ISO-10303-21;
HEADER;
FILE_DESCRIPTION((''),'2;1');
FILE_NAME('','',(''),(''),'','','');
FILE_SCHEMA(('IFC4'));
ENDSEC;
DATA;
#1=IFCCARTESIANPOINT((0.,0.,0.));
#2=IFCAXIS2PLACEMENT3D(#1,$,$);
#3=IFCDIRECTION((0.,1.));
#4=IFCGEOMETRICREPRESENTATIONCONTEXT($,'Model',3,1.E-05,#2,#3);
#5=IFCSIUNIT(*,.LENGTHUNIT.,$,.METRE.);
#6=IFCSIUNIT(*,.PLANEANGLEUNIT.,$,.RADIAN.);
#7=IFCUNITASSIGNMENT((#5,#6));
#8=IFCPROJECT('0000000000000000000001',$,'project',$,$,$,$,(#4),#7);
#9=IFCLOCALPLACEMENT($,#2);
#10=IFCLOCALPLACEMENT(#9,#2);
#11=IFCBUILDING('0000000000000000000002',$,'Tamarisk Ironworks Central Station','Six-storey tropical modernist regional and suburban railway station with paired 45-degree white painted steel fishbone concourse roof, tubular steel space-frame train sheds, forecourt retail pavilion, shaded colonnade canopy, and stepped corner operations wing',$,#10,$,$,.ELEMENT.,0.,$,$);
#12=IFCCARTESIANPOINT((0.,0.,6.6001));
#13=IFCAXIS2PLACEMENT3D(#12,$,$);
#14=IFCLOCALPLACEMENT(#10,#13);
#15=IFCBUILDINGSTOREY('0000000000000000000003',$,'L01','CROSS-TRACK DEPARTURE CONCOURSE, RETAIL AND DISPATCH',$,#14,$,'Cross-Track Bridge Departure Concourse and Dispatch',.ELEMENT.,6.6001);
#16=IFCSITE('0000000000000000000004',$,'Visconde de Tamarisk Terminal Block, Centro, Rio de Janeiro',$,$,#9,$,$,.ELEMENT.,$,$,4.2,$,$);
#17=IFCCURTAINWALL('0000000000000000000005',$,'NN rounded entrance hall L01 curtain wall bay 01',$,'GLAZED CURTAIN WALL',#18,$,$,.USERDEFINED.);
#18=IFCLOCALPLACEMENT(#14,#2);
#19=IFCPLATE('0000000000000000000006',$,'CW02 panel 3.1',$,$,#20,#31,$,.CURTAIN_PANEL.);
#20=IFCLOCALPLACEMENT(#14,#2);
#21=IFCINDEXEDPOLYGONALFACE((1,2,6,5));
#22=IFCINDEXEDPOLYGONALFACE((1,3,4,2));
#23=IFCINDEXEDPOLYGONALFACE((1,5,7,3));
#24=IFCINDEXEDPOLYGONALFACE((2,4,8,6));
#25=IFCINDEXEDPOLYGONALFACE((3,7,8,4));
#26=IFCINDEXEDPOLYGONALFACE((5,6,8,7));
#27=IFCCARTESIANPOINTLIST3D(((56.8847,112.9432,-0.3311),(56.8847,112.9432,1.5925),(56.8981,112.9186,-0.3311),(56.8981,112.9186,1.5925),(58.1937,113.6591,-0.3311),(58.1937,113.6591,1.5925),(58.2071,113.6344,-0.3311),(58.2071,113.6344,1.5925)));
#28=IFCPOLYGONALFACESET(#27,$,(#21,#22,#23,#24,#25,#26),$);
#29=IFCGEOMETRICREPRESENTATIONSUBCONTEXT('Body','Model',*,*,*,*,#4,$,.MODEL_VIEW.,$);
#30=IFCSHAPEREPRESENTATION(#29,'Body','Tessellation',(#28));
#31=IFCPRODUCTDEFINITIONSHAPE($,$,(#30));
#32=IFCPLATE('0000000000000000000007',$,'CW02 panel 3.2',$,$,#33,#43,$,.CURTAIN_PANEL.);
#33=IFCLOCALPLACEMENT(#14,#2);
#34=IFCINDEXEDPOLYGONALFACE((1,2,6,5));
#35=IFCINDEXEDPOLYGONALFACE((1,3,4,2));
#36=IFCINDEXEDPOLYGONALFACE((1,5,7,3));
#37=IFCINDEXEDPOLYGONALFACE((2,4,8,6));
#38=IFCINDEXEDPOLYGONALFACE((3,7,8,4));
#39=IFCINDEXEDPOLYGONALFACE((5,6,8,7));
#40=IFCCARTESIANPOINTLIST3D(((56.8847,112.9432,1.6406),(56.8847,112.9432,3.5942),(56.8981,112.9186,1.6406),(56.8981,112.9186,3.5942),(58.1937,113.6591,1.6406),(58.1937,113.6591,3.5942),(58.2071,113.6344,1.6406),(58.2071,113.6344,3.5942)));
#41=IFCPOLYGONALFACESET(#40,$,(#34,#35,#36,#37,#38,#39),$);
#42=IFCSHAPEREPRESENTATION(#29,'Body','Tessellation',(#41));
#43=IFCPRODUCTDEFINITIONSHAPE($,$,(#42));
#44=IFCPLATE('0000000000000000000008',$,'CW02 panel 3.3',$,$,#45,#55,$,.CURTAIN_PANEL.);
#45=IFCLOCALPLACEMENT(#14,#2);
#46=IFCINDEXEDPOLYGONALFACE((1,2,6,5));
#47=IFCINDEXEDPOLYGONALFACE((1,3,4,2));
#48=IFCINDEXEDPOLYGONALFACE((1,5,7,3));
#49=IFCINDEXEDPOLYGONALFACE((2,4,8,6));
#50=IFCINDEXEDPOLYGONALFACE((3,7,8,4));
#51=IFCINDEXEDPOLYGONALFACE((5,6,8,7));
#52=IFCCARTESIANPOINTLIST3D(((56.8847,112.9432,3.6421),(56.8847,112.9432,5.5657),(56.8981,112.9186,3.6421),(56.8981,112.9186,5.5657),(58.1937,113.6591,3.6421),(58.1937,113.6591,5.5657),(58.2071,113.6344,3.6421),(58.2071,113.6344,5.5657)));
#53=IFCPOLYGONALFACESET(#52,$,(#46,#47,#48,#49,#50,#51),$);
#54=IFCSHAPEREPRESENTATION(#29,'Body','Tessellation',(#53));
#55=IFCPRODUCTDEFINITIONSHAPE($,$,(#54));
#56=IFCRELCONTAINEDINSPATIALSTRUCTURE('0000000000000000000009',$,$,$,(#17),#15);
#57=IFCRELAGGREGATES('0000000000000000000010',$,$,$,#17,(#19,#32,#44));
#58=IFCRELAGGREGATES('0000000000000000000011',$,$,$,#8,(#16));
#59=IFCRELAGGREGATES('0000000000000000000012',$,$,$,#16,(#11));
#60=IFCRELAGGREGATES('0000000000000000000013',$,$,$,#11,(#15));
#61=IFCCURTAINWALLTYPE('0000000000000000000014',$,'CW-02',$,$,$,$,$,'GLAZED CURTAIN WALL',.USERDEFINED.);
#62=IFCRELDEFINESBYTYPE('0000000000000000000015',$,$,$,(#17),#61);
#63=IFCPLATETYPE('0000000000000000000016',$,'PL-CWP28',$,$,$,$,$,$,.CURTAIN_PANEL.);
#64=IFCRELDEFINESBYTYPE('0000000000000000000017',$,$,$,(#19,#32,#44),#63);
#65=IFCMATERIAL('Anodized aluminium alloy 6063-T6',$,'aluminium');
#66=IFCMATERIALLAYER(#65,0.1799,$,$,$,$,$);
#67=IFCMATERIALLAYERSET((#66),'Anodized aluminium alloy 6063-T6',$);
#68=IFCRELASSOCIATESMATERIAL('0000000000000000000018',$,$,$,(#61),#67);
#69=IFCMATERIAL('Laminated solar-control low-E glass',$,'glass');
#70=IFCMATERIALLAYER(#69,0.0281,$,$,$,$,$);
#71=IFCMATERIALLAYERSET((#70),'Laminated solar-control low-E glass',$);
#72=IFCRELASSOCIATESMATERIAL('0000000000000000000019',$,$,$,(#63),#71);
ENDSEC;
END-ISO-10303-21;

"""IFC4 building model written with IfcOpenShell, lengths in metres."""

from ifc_helpers import new_model, si_unit, direction, frame, origin, origin_2d, place, context, subcontext, project, spatial, rectangle, extrude, material, layer, layer_set, type_object, element, aggregate, save


model = new_model("IFC4")

# Units and contexts
model_context = context("Model", 3, precision=1e-05, world=origin(), true_north=direction((0.0, 1.0)))
body_context = subcontext(model_context, "Body", "Model", "MODEL_VIEW")
ifc_project = project(units=[si_unit("LENGTHUNIT", "METRE"), si_unit("PLANEANGLEUNIT", "RADIAN")], contexts=[model_context])

# Site, building, storey
site_placement = place(None, origin())
site = spatial("IfcSite", under=ifc_project, at=site_placement, Name="Visconde de Tamarisk Terminal Block, Centro, Rio de Janeiro", CompositionType="ELEMENT", RefElevation=4.2)
building_placement = place(site_placement, origin())
building = spatial("IfcBuilding", under=site, at=building_placement, Name="Tamarisk Ironworks Central Station", Description="Six-storey tropical modernist regional and suburban railway station with paired 45-degree white painted steel fishbone concourse roof, tubular steel space-frame train sheds, forecourt retail pavilion, shaded colonnade canopy, and stepped corner operations wing", CompositionType="ELEMENT", ElevationOfRefHeight=0.0)
storey_placement = place(building_placement, frame((0.0, 0.0, 6.6001)))
storey = spatial("IfcBuildingStorey", under=building, at=storey_placement, Name="L01", Description="CROSS-TRACK DEPARTURE CONCOURSE, RETAIL AND DISPATCH", LongName="Cross-Track Bridge Departure Concourse and Dispatch", CompositionType="ELEMENT", Elevation=6.6001)

# Curtain wall, plates
ifc_material_1 = material(Name="Anodized aluminium alloy 6063-T6", Category="aluminium")
ifc_layer_1 = layer(ifc_material_1, 0.1799)
ifc_layer_set_1 = layer_set([ifc_layer_1], Name="Anodized aluminium alloy 6063-T6")
curtain_wall_type = type_object("IfcCurtainWallType", Name="CW-02", ElementType="GLAZED CURTAIN WALL", PredefinedType="USERDEFINED", material=ifc_layer_set_1)
curtain_wall_placement = place(storey_placement, origin())
curtain_wall = element("IfcCurtainWall", 1, at=curtain_wall_placement, inside=storey, type_object=curtain_wall_type, Name="NN rounded entrance hall L01 curtain wall bay 01", ObjectType="GLAZED CURTAIN WALL", PredefinedType="USERDEFINED")
ifc_material_2 = material(Name="Laminated solar-control low-E glass", Category="glass")
ifc_layer_2 = layer(ifc_material_2, 0.0281)
ifc_layer_set_2 = layer_set([ifc_layer_2], Name="Laminated solar-control low-E glass")
plate_type = type_object("IfcPlateType", Name="PL-CWP28", PredefinedType="CURTAIN_PANEL", material=ifc_layer_set_2)
plate_1_placement = place(storey_placement, frame((57.5459, 113.2888, -0.3311), z_axis=(0.0, 0.0, 1.0), x_axis=(0.877375, 0.479805, 0.0)))
plate_1 = element("IfcPlate", 2, at=plate_1_placement, type_object=plate_type, Name="CW02 panel 3.1", PredefinedType="CURTAIN_PANEL", context=body_context, shape_type="SweptSolid", body=[
    extrude(rectangle(XDim=1.4919, YDim=0.0281, at=origin_2d()), origin(), (0.0, 0.0, 1.0), 1.9236),
])
plate_2_placement = place(storey_placement, frame((57.5459, 113.2888, 1.6406), z_axis=(0.0, 0.0, 1.0), x_axis=(0.877375, 0.479805, 0.0)))
plate_2 = element("IfcPlate", 3, at=plate_2_placement, type_object=plate_type, Name="CW02 panel 3.2", PredefinedType="CURTAIN_PANEL", context=body_context, shape_type="SweptSolid", body=[
    extrude(rectangle(XDim=1.4919, YDim=0.0281, at=origin_2d()), origin(), (0.0, 0.0, 1.0), 1.9536),
])
plate_3_placement = place(storey_placement, frame((57.5459, 113.2888, 3.6421), z_axis=(0.0, 0.0, 1.0), x_axis=(0.877375, 0.479805, 0.0)))
plate_3 = element("IfcPlate", 4, at=plate_3_placement, type_object=plate_type, Name="CW02 panel 3.3", PredefinedType="CURTAIN_PANEL", context=body_context, shape_type="SweptSolid", body=[
    extrude(rectangle(XDim=1.4919, YDim=0.0281, at=origin_2d()), origin(), (0.0, 0.0, 1.0), 1.9236),
])
aggregate(curtain_wall, [plate_1, plate_2, plate_3])

save(model, "model.ifc")
